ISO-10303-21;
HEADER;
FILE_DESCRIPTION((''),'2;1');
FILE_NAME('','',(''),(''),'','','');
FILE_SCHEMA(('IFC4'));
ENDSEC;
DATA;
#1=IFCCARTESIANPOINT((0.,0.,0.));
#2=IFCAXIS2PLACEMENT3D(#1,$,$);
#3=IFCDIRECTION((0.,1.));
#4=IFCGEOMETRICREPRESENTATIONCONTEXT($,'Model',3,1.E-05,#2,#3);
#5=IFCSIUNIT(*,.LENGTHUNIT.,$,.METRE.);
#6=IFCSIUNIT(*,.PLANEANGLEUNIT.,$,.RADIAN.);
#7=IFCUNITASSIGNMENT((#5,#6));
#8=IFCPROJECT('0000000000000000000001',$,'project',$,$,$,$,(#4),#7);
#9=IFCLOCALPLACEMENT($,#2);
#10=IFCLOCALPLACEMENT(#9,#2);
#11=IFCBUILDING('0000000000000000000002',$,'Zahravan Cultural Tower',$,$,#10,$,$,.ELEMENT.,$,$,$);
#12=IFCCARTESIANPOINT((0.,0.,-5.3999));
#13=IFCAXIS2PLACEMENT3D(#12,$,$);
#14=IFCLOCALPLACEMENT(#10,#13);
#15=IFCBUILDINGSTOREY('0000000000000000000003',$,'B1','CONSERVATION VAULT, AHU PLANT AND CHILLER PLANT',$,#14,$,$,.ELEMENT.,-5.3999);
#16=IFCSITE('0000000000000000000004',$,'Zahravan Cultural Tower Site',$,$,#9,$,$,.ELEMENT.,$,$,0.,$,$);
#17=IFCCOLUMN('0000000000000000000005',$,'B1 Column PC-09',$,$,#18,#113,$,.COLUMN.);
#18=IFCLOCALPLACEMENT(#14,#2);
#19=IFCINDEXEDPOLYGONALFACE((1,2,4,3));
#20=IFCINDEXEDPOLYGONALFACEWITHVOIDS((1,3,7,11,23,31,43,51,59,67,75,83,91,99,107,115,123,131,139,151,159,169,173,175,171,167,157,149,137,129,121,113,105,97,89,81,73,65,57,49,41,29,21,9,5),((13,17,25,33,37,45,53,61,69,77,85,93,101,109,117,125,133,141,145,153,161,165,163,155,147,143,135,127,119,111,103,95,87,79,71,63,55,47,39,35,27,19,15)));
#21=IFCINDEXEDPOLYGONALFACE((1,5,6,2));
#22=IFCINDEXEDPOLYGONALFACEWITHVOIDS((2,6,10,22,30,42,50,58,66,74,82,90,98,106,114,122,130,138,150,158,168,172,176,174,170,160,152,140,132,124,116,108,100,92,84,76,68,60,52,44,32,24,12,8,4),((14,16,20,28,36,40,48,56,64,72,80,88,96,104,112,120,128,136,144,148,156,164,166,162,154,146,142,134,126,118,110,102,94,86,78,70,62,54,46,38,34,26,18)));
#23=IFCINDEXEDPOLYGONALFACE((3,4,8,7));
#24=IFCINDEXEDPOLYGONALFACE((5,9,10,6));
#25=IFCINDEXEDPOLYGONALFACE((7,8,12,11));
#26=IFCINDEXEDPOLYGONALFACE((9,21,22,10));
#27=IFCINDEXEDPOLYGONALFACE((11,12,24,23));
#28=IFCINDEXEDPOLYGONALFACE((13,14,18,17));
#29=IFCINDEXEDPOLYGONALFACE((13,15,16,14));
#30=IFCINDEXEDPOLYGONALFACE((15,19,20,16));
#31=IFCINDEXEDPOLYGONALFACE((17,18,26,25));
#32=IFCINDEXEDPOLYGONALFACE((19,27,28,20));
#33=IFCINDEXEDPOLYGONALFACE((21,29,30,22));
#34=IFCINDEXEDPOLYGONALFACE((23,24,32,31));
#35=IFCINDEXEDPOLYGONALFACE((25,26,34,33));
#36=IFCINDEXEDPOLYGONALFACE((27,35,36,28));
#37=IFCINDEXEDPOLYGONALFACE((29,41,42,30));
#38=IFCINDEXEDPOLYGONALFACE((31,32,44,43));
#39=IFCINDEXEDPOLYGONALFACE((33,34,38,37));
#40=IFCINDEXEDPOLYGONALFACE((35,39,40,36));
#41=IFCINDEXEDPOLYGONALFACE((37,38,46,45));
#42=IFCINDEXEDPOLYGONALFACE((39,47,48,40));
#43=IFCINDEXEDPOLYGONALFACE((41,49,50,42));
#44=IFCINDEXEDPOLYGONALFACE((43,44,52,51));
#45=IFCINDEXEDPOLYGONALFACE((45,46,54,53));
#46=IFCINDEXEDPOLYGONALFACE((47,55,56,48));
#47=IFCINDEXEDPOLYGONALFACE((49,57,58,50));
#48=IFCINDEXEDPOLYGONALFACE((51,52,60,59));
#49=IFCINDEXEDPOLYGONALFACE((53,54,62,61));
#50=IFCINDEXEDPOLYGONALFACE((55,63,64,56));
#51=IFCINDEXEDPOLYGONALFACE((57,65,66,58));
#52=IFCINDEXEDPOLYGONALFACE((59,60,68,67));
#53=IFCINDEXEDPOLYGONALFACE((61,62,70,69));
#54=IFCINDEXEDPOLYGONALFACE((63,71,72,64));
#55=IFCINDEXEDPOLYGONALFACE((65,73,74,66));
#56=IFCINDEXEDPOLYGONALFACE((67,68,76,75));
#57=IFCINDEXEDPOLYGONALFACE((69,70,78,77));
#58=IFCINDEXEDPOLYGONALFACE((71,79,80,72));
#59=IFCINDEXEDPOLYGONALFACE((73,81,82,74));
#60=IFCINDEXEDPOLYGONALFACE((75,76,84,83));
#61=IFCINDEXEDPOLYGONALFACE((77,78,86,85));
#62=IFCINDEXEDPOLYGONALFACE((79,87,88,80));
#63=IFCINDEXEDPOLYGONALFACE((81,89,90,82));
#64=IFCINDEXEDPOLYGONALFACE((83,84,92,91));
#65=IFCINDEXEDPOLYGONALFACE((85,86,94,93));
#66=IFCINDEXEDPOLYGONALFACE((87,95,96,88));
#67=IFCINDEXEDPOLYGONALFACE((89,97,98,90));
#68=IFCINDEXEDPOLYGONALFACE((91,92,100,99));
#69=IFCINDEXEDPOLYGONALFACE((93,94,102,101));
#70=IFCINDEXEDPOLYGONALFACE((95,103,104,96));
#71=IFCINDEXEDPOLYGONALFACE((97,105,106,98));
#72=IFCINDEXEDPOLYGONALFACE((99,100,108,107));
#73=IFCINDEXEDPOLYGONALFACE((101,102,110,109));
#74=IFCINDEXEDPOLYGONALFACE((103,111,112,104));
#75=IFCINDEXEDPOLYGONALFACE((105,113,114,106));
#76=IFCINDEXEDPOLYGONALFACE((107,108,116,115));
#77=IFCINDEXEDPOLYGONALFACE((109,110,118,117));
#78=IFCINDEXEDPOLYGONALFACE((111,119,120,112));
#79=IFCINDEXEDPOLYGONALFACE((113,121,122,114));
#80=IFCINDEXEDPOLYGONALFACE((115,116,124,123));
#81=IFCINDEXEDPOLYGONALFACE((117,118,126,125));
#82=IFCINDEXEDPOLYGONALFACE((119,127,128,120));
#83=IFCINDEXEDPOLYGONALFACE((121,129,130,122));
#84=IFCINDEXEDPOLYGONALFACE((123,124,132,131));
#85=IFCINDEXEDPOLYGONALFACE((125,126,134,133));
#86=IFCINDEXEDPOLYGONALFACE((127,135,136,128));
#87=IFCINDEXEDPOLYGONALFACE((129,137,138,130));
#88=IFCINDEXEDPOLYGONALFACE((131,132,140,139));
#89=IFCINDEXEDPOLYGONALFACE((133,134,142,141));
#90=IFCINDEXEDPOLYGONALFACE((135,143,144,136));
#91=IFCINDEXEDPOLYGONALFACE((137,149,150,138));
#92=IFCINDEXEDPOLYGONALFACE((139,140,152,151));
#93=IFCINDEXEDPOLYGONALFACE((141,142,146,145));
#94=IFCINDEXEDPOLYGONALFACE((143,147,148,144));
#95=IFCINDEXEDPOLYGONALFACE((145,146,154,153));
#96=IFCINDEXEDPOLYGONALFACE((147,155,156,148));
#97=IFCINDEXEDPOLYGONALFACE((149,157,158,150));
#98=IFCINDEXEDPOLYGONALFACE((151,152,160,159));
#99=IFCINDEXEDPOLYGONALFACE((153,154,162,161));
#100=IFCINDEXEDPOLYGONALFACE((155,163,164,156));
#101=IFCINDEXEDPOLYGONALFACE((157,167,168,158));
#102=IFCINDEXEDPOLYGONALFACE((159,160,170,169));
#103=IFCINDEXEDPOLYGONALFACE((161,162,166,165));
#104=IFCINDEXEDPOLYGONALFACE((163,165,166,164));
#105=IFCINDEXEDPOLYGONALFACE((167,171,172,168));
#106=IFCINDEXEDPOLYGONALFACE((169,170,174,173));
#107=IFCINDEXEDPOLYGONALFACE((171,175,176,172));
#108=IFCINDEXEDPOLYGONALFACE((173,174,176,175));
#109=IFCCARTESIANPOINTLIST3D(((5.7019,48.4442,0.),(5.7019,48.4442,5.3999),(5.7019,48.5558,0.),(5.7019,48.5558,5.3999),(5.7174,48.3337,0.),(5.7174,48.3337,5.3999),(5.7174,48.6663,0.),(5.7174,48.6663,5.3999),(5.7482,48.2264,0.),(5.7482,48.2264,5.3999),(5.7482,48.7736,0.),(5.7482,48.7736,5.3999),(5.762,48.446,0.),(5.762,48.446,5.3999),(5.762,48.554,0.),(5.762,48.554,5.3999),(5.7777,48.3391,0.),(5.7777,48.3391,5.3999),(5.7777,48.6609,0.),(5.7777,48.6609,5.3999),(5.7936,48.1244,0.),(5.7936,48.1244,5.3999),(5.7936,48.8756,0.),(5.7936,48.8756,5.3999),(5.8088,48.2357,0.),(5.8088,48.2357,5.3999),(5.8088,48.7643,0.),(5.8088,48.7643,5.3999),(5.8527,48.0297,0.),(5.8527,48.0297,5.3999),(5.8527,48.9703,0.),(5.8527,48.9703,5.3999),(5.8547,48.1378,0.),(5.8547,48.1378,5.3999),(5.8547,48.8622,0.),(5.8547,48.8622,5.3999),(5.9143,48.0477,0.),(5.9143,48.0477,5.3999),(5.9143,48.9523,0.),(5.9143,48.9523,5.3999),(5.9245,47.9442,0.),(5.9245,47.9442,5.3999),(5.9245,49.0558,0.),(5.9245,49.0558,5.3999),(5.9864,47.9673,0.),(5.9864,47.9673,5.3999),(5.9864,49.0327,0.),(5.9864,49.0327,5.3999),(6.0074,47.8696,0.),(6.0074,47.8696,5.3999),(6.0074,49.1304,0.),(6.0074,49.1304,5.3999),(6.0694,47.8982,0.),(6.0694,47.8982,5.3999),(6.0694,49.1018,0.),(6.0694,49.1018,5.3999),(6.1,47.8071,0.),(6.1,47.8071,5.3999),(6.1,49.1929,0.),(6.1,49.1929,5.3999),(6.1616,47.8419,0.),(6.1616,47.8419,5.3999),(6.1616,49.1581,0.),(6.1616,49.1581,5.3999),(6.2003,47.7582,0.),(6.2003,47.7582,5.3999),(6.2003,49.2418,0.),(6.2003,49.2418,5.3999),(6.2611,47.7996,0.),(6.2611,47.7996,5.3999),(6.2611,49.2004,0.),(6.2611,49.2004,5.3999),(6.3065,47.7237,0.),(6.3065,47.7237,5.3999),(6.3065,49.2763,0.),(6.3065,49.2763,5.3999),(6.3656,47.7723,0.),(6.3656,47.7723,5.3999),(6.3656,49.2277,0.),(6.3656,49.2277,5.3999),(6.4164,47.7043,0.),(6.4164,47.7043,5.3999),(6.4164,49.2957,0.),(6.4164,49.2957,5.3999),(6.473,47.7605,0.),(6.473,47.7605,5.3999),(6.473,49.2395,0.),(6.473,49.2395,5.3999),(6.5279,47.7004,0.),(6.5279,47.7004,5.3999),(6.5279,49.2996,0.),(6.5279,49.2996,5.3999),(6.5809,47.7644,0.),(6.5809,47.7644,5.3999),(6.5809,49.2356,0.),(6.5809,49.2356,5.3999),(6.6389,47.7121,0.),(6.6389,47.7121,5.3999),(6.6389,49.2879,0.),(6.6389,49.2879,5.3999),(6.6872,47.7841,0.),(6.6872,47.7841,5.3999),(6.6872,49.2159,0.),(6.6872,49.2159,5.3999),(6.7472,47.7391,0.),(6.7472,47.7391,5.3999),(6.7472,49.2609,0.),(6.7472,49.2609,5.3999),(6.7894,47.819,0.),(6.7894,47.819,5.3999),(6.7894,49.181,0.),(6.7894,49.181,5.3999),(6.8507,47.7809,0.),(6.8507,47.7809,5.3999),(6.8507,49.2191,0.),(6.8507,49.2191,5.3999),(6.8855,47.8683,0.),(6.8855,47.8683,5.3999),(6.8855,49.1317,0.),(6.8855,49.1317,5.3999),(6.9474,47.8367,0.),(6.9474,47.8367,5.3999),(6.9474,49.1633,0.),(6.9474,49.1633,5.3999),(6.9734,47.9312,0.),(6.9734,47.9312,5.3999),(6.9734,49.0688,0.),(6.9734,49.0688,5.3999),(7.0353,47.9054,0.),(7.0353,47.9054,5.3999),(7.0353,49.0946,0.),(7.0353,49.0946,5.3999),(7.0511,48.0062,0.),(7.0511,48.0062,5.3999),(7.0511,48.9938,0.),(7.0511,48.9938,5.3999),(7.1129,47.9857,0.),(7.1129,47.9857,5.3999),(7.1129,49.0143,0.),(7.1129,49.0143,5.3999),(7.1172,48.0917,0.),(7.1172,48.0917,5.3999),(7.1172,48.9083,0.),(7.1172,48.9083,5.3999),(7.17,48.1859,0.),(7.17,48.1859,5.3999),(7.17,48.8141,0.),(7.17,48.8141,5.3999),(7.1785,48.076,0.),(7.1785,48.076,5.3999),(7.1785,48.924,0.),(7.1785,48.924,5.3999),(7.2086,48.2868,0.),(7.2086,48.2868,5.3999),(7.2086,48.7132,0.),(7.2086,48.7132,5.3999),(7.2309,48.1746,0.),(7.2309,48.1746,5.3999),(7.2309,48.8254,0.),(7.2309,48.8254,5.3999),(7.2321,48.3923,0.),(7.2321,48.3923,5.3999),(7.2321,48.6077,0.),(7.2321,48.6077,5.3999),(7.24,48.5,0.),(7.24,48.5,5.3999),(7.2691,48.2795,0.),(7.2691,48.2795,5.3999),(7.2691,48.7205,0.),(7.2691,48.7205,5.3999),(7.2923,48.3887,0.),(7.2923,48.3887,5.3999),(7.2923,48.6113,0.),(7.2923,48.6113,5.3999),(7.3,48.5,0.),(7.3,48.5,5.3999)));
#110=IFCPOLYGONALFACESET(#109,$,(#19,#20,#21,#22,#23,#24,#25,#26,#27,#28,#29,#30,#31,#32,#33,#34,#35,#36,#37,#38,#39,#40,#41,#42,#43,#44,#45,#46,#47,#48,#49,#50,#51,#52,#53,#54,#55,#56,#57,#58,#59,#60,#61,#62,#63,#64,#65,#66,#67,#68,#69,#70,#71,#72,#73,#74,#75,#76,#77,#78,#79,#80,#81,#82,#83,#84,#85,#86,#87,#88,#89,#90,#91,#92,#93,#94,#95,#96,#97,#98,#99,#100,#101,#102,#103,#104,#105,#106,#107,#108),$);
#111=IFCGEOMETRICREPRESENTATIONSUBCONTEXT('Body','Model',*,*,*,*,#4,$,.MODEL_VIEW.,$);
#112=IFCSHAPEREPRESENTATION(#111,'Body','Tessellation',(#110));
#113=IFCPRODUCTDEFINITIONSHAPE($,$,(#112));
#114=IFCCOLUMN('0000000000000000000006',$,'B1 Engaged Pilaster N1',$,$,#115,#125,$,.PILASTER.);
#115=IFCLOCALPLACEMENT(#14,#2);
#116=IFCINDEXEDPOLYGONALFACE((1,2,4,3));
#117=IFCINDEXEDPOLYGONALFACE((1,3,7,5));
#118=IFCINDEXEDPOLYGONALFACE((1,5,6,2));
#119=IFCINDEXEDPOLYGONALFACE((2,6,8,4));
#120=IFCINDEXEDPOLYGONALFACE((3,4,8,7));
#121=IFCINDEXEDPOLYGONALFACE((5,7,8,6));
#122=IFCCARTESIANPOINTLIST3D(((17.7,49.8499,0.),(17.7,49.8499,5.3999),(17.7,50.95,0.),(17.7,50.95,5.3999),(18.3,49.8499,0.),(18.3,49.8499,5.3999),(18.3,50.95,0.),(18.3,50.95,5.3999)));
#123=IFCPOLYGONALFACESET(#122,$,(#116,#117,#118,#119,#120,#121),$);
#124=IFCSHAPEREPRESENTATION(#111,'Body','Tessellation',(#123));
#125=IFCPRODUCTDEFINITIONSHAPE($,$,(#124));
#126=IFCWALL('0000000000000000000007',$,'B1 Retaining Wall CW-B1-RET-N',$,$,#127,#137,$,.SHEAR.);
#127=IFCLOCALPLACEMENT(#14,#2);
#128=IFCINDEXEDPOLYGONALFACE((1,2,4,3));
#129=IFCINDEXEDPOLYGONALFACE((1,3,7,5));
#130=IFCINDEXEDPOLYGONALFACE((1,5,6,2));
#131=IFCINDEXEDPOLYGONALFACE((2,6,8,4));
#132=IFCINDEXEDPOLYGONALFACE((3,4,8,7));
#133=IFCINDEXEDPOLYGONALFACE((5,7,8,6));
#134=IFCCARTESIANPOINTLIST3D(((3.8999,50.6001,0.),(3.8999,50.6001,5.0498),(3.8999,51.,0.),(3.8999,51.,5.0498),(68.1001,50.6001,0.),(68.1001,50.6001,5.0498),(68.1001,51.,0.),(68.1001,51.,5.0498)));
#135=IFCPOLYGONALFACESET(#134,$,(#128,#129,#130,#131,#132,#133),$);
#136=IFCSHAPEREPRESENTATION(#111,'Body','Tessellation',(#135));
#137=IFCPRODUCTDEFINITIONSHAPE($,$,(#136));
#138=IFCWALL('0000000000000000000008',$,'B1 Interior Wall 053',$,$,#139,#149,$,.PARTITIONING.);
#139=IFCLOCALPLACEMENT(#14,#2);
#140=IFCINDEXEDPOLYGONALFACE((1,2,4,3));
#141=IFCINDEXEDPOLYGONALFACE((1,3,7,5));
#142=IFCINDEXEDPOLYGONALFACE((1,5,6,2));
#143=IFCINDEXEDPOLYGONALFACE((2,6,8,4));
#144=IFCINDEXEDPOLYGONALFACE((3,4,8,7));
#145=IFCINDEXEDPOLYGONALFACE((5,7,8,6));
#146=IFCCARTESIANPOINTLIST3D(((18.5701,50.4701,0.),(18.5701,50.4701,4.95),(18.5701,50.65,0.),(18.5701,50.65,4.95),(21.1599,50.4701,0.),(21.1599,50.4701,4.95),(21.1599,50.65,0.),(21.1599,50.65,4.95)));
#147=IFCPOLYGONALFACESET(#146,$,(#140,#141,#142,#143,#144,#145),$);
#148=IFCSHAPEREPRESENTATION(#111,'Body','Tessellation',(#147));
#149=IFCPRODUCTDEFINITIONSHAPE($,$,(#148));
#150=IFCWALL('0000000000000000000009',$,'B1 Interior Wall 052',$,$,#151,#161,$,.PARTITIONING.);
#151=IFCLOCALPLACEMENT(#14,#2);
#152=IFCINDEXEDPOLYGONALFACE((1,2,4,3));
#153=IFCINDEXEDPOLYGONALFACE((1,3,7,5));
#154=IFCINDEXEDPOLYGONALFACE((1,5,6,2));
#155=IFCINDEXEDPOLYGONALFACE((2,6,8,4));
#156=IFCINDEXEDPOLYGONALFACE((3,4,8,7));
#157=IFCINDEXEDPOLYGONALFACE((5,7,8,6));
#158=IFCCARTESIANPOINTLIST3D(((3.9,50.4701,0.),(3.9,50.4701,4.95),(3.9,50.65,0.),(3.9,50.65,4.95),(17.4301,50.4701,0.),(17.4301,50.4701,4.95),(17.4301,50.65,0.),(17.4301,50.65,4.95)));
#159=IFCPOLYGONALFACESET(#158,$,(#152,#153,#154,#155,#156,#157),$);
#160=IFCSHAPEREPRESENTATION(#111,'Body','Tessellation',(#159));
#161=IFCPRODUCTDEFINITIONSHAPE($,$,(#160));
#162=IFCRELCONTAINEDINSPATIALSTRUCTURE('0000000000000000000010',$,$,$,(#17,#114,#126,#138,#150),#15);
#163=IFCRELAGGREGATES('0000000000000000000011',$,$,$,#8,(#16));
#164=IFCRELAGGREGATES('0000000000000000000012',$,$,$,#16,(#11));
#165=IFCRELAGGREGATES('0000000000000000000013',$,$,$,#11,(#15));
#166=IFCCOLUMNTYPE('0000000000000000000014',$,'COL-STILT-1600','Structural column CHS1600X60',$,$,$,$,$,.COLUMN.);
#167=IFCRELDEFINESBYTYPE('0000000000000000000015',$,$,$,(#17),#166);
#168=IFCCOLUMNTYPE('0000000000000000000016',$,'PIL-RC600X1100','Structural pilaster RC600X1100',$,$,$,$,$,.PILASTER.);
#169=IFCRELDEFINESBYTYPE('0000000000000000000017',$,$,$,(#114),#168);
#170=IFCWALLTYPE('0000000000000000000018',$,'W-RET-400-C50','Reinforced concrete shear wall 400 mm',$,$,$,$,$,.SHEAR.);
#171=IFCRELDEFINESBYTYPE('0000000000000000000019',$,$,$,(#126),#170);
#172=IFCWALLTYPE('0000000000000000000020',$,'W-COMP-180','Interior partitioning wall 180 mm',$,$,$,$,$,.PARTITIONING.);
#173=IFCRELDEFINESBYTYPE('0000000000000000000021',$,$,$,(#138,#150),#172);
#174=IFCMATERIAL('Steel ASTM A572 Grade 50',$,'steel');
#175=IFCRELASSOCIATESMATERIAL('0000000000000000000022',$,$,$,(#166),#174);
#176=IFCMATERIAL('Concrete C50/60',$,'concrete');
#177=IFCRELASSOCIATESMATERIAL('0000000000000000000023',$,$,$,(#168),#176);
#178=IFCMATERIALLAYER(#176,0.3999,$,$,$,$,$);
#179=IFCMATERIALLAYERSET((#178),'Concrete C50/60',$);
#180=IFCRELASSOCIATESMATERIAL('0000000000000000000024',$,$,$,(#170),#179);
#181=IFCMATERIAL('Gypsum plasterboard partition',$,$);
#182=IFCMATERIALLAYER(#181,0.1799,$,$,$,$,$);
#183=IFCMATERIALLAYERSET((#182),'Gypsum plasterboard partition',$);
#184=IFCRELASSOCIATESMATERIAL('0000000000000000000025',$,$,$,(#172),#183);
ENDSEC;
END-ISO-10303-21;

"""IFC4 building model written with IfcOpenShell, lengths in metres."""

from ifc_helpers import new_model, si_unit, direction, frame, frame_2d, origin, origin_2d, place, context, subcontext, project, spatial, rectangle, hollow_circle, extrude, source, transform, mapped, material, layer, layer_set, material_profile, profile_set, type_object, element, save


model = new_model("IFC4")

# Units and contexts
model_context = context("Model", 3, precision=1e-05, world=origin(), true_north=direction((0.0, 1.0)))
body_context = subcontext(model_context, "Body", "Model", "MODEL_VIEW")
ifc_project = project(units=[si_unit("LENGTHUNIT", "METRE"), si_unit("PLANEANGLEUNIT", "RADIAN")], contexts=[model_context])

# Site, building, storey
site_placement = place(None, origin())
site = spatial("IfcSite", under=ifc_project, at=site_placement, Name="Zahravan Cultural Tower Site", CompositionType="ELEMENT", RefElevation=0.0)
building_placement = place(site_placement, origin())
building = spatial("IfcBuilding", under=site, at=building_placement, Name="Zahravan Cultural Tower", CompositionType="ELEMENT")
storey_placement = place(building_placement, frame((0.0, 0.0, -5.3999)))
storey = spatial("IfcBuildingStorey", under=building, at=storey_placement, Name="B1", Description="CONSERVATION VAULT, AHU PLANT AND CHILLER PLANT", CompositionType="ELEMENT", Elevation=-5.3999)

# Shared definitions
ifc_material_1 = material(Name="Concrete C50/60", Category="concrete")

# Columns
ifc_material_2 = material(Name="Steel ASTM A572 Grade 50", Category="steel")
ifc_material_profile_1 = material_profile(ifc_material_2, hollow_circle(Radius=0.8, WallThickness=0.0601, at=origin_2d()), Name="CHS1600X60")
ifc_profile_set_1 = profile_set([ifc_material_profile_1], Name="Steel ASTM A572 Grade 50")
column_type_1 = type_object("IfcColumnType", Name="COL-STILT-1600", Description="Structural column CHS1600X60", PredefinedType="COLUMN", material=ifc_profile_set_1)
shared_shape_1 = source(origin(), body_context, "Body", "SweptSolid", [
    extrude(hollow_circle(Radius=0.8, WallThickness=0.0601, at=origin_2d()), origin(), (0.0, 0.0, 1.0), 5.3999),
])
column_1_placement = place(storey_placement, frame((6.5, 48.5, 0.0), z_axis=(0.0, 0.0, 1.0), x_axis=(1.0, 0.0, 0.0)))
element("IfcColumn", 1, at=column_1_placement, inside=storey, type_object=column_type_1, Name="B1 Column PC-09", PredefinedType="COLUMN", context=body_context, shape_type="MappedRepresentation", body=[
    mapped(shared_shape_1, transform((0.0, 0.0, 0.0), x_axis=(1.0, 0.0, 0.0), y_axis=(0.0, 1.0, 0.0), z_axis=(0.0, 0.0, 1.0), scale=1.0)),
])
ifc_material_profile_2 = material_profile(ifc_material_1, rectangle(XDim=0.6001, YDim=1.1001, at=origin_2d()), Name="RC600X1100")
ifc_profile_set_2 = profile_set([ifc_material_profile_2], Name="Concrete C50/60")
column_type_2 = type_object("IfcColumnType", Name="PIL-RC600X1100", Description="Structural pilaster RC600X1100", PredefinedType="PILASTER", material=ifc_profile_set_2)
shared_shape_2 = source(origin(), body_context, "Body", "SweptSolid", [
    extrude(rectangle(XDim=0.6001, YDim=1.1001, at=origin_2d()), origin(), (0.0, 0.0, 1.0), 5.3999),
])
column_2_placement = place(storey_placement, frame((18.0, 50.3999, 0.0), z_axis=(0.0, 0.0, 1.0), x_axis=(1.0, 0.0, 0.0)))
element("IfcColumn", 2, at=column_2_placement, inside=storey, type_object=column_type_2, Name="B1 Engaged Pilaster N1", PredefinedType="PILASTER", context=body_context, shape_type="MappedRepresentation", body=[
    mapped(shared_shape_2, transform((0.0, 0.0, 0.0), x_axis=(1.0, 0.0, 0.0), y_axis=(0.0, 1.0, 0.0), z_axis=(0.0, 0.0, 1.0), scale=1.0)),
])

# Walls
ifc_layer_1 = layer(ifc_material_1, 0.3999)
ifc_layer_set_1 = layer_set([ifc_layer_1], Name="Concrete C50/60")
wall_type_1 = type_object("IfcWallType", Name="W-RET-400-C50", Description="Reinforced concrete shear wall 400 mm", PredefinedType="SHEAR", material=ifc_layer_set_1)
shared_shape_3 = source(origin(), body_context, "Body", "SweptSolid", [
    extrude(rectangle(XDim=64.2002, YDim=0.3999, at=frame_2d((32.1001, 0.0))), origin(), (0.0, 0.0, 1.0), 5.0498),
])
wall_1_placement = place(storey_placement, frame((3.8999, 50.8, 0.0), z_axis=(0.0, 0.0, 1.0), x_axis=(1.0, 0.0, 0.0)))
element("IfcWall", 3, at=wall_1_placement, inside=storey, type_object=wall_type_1, Name="B1 Retaining Wall CW-B1-RET-N", PredefinedType="SHEAR", context=body_context, shape_type="MappedRepresentation", body=[
    mapped(shared_shape_3, transform((0.0, 0.0, 0.0), x_axis=(1.0, 0.0, 0.0), y_axis=(0.0, 1.0, 0.0), z_axis=(0.0, 0.0, 1.0), scale=1.0)),
])
ifc_material_3 = material(Name="Gypsum plasterboard partition")
ifc_layer_2 = layer(ifc_material_3, 0.1799)
ifc_layer_set_2 = layer_set([ifc_layer_2], Name="Gypsum plasterboard partition")
wall_type_2 = type_object("IfcWallType", Name="W-COMP-180", Description="Interior partitioning wall 180 mm", PredefinedType="PARTITIONING", material=ifc_layer_set_2)
shared_shape_4 = source(origin(), body_context, "Body", "SweptSolid", [
    extrude(rectangle(XDim=2.5898, YDim=0.1799, at=frame_2d((1.2949, 0.0))), origin(), (0.0, 0.0, 1.0), 4.95),
])
wall_2_placement = place(storey_placement, frame((18.5701, 50.5601, 0.0), z_axis=(0.0, 0.0, 1.0), x_axis=(1.0, 0.0, 0.0)))
element("IfcWall", 4, at=wall_2_placement, inside=storey, type_object=wall_type_2, Name="B1 Interior Wall 053", PredefinedType="PARTITIONING", context=body_context, shape_type="MappedRepresentation", body=[
    mapped(shared_shape_4, transform((0.0, 0.0, 0.0), x_axis=(1.0, 0.0, 0.0), y_axis=(0.0, 1.0, 0.0), z_axis=(0.0, 0.0, 1.0), scale=1.0)),
])
shared_shape_5 = source(origin(), body_context, "Body", "SweptSolid", [
    extrude(rectangle(XDim=13.53, YDim=0.1799, at=frame_2d((6.7651, 0.0))), origin(), (0.0, 0.0, 1.0), 4.95),
])
wall_3_placement = place(storey_placement, frame((3.8999, 50.5601, 0.0), z_axis=(0.0, 0.0, 1.0), x_axis=(1.0, 0.0, 0.0)))
element("IfcWall", 5, at=wall_3_placement, inside=storey, type_object=wall_type_2, Name="B1 Interior Wall 052", PredefinedType="PARTITIONING", context=body_context, shape_type="MappedRepresentation", body=[
    mapped(shared_shape_5, transform((0.0, 0.0, 0.0), x_axis=(1.0, 0.0, 0.0), y_axis=(0.0, 1.0, 0.0), z_axis=(0.0, 0.0, 1.0), scale=1.0)),
])

save(model, "model.ifc")
